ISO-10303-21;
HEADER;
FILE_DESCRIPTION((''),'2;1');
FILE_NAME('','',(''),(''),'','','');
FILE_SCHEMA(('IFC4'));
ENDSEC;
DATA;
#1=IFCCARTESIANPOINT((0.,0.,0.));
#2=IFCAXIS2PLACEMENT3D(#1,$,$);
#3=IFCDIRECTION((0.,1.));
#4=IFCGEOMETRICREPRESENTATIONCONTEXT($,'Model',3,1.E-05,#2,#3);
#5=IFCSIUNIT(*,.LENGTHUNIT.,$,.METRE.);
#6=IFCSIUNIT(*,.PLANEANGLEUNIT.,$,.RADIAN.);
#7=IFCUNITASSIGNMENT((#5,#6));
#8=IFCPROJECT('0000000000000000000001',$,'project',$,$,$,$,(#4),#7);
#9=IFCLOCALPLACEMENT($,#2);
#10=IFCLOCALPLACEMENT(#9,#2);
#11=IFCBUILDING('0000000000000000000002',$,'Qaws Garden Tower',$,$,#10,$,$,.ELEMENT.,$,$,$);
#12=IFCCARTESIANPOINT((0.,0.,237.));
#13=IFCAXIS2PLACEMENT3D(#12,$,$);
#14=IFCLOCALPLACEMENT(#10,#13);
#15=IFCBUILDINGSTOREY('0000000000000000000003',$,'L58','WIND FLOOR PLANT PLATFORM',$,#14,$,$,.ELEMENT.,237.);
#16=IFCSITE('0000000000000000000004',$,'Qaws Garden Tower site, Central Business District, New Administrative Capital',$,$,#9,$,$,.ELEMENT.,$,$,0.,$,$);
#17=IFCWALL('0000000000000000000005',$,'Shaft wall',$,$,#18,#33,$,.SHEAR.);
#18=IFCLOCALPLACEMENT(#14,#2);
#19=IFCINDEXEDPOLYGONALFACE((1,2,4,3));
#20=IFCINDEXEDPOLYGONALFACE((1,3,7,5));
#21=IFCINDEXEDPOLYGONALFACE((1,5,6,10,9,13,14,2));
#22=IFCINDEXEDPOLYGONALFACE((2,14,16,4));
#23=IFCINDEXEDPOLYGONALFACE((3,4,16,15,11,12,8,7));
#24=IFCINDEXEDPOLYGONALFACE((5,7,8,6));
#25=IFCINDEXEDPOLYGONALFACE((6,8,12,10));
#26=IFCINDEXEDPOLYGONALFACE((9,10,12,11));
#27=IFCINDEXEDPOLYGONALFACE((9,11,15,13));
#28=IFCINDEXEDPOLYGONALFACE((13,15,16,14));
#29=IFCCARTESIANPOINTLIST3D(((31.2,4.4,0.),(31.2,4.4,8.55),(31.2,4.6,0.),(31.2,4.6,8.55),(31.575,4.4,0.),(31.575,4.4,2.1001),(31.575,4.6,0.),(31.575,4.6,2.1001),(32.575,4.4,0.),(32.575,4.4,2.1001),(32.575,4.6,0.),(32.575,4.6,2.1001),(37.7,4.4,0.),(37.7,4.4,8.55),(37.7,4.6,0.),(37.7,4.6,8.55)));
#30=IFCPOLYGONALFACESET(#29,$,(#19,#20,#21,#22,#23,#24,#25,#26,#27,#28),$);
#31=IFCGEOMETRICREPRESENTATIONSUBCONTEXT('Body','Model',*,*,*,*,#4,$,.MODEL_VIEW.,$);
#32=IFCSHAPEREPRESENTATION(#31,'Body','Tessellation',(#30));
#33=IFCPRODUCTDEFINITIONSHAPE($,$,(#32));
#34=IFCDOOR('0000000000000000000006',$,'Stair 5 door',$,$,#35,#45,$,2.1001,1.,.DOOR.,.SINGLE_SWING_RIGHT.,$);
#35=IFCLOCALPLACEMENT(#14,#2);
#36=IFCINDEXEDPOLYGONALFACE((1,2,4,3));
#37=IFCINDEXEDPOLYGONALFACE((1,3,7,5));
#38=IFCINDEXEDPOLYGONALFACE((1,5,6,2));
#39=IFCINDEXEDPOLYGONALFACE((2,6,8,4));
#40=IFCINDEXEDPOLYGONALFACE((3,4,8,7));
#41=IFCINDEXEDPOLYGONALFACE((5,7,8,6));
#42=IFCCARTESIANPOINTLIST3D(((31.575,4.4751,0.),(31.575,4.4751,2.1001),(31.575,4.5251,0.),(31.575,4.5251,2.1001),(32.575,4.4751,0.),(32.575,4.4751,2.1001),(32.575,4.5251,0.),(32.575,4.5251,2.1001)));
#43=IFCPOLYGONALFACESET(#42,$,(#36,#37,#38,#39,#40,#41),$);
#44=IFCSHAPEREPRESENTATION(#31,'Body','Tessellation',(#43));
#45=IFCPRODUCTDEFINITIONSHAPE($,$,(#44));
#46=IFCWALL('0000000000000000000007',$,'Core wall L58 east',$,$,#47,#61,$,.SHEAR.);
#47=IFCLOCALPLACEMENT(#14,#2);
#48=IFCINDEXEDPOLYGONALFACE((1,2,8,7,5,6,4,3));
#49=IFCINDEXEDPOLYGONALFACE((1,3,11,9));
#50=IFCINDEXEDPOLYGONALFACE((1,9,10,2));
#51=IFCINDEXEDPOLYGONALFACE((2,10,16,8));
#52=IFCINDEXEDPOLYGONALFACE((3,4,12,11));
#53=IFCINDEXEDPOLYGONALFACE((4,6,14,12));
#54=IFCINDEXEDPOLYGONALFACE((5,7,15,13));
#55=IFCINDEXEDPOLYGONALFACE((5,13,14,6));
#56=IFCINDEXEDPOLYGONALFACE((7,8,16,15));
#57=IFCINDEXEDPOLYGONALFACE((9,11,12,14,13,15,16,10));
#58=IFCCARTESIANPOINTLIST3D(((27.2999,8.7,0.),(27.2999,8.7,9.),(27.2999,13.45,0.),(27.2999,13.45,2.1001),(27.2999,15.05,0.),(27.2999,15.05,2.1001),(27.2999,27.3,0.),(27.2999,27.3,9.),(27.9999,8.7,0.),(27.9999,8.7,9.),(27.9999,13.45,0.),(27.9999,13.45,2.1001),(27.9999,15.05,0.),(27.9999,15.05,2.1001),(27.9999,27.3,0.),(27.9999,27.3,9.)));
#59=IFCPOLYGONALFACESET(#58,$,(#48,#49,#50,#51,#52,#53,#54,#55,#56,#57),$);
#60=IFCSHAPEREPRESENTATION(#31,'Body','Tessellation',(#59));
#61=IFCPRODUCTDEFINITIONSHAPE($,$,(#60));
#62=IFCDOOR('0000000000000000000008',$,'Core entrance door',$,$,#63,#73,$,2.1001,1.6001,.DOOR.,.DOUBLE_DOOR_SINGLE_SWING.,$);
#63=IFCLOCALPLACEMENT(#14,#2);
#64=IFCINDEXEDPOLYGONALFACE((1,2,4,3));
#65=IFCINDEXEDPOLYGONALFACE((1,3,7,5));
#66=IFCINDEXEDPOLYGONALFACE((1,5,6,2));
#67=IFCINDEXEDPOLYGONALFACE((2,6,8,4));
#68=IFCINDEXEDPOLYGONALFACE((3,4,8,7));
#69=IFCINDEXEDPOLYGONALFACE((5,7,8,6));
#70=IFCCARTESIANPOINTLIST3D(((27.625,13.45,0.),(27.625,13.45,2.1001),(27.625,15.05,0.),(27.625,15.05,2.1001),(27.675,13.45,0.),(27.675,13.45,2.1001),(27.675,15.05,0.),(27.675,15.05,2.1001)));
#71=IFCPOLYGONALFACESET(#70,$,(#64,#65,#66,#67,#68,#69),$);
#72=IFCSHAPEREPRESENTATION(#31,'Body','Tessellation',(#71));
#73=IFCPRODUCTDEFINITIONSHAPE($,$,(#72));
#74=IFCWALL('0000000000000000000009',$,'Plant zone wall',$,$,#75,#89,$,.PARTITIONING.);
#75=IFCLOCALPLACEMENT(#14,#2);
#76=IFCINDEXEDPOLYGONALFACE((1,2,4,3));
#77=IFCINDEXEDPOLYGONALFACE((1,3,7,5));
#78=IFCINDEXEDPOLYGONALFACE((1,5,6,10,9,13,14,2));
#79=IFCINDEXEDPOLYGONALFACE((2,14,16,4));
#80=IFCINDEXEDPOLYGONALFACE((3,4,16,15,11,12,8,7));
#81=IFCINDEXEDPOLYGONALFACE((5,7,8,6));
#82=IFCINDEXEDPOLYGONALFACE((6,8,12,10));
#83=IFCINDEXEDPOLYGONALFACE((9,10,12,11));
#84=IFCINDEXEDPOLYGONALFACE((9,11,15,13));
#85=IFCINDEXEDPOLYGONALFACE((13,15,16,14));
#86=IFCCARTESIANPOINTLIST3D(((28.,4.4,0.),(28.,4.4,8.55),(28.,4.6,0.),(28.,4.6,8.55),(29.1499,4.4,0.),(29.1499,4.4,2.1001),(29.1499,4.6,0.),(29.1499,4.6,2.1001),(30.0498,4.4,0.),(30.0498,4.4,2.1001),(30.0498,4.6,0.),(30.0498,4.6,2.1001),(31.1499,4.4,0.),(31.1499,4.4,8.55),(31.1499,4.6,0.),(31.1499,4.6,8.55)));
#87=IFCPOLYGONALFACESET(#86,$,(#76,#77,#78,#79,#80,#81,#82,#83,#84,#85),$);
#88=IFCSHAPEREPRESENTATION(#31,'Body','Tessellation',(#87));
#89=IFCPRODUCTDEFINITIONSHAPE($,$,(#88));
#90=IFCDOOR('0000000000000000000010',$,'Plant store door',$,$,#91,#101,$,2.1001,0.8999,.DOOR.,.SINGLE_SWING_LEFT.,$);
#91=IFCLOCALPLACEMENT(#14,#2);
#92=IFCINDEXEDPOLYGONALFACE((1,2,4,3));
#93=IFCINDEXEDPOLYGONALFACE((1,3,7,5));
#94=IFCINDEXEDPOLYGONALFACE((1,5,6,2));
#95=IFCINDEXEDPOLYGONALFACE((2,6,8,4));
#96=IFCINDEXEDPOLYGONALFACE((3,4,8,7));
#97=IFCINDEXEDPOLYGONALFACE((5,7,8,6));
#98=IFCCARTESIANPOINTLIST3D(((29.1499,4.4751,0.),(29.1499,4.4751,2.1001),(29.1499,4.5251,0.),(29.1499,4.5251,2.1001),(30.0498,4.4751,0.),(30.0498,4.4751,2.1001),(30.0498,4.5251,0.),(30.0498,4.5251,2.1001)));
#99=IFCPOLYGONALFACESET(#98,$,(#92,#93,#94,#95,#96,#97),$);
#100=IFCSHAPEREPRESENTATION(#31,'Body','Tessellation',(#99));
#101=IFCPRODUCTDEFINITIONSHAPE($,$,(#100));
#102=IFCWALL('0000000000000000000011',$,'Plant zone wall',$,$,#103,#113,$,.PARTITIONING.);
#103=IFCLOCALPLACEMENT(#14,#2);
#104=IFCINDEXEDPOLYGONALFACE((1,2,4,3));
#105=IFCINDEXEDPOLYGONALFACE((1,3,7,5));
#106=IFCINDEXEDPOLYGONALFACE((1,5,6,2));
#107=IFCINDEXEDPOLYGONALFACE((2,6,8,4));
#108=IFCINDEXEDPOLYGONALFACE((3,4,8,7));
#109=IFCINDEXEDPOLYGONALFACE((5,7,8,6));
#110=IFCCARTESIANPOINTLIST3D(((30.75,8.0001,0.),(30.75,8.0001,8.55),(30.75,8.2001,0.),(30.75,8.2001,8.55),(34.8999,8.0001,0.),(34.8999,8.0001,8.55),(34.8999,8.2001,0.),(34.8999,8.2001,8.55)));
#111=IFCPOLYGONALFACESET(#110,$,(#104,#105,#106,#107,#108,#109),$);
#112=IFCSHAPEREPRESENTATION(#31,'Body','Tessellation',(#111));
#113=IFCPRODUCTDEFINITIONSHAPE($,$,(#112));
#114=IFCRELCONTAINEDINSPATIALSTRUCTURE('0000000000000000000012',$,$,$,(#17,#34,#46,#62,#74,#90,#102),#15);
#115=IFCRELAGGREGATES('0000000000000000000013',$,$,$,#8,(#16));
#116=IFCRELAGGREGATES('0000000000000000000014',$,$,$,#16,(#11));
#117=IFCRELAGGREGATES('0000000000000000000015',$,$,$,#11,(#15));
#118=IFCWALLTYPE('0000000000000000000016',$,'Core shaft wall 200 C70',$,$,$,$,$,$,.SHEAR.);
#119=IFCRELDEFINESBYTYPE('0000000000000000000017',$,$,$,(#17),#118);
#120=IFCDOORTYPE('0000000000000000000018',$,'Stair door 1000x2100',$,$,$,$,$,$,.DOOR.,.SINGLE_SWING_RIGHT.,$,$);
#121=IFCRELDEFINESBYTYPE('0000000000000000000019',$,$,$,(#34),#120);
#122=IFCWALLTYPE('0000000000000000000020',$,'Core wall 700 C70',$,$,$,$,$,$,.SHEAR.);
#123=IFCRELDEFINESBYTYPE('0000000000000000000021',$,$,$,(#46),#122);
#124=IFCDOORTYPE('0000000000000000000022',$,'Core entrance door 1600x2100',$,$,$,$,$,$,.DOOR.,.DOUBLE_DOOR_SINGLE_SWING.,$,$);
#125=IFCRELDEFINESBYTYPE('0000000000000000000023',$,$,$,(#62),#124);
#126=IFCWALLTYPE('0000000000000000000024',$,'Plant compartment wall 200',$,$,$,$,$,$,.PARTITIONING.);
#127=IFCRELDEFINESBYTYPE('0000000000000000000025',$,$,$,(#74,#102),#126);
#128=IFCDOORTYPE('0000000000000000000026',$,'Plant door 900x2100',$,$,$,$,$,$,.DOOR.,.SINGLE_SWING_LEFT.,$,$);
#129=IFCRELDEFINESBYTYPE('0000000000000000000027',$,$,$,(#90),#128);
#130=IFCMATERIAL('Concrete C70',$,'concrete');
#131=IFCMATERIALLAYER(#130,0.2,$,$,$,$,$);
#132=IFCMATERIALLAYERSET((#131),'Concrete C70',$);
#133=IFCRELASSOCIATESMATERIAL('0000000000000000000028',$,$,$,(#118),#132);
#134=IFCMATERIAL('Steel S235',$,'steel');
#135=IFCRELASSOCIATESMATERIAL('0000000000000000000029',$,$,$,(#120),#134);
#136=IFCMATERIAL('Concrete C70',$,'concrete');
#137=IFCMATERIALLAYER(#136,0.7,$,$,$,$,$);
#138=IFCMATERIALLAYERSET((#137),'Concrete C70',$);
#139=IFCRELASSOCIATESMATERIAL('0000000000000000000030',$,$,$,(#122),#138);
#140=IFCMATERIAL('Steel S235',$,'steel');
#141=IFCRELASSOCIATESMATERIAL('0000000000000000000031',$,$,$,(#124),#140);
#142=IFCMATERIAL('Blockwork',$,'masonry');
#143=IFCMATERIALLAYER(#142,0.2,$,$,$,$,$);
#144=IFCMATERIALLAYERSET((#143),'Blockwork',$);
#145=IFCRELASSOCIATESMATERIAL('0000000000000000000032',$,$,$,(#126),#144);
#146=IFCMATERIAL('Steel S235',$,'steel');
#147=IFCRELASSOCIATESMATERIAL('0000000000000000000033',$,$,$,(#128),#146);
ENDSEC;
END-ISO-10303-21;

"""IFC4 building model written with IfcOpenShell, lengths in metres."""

from ifc_helpers import new_model, si_unit, direction, frame, frame_2d, origin, place, context, subcontext, project, spatial, rectangle, extrude, material, layer, layer_set, type_object, element, fill, save


model = new_model("IFC4")

# Units and contexts
model_context = context("Model", 3, precision=1e-05, world=origin(), true_north=direction((0.0, 1.0)))
body_context = subcontext(model_context, "Body", "Model", "MODEL_VIEW")
ifc_project = project(units=[si_unit("LENGTHUNIT", "METRE"), si_unit("PLANEANGLEUNIT", "RADIAN")], contexts=[model_context])

# Site, building, storey
site_placement = place(None, origin())
site = spatial("IfcSite", under=ifc_project, at=site_placement, Name="Qaws Garden Tower site, Central Business District, New Administrative Capital", CompositionType="ELEMENT", RefElevation=0.0)
building_placement = place(site_placement, origin())
building = spatial("IfcBuilding", under=site, at=building_placement, Name="Qaws Garden Tower", CompositionType="ELEMENT")
storey_placement = place(building_placement, frame((0.0, 0.0, 237.0)))
storey = spatial("IfcBuildingStorey", under=building, at=storey_placement, Name="L58", Description="WIND FLOOR PLANT PLATFORM", CompositionType="ELEMENT", Elevation=237.0)

# Walls, openings, doors
ifc_material_1 = material(Name="Concrete C70", Category="concrete")
ifc_layer_1 = layer(ifc_material_1, 0.2)
ifc_layer_set_1 = layer_set([ifc_layer_1], Name="Concrete C70")
wall_type_1 = type_object("IfcWallType", Name="Core shaft wall 200 C70", PredefinedType="SHEAR", material=ifc_layer_set_1)
wall_1_placement = place(storey_placement, frame((31.2, 4.5, 0.0), z_axis=(0.0, 0.0, 1.0), x_axis=(1.0, 0.0, 0.0)))
wall_1 = element("IfcWall", 1, at=wall_1_placement, inside=storey, type_object=wall_type_1, Name="Shaft wall", PredefinedType="SHEAR", context=body_context, shape_type="SweptSolid", body=[
    extrude(rectangle(XDim=6.5, YDim=0.2, at=frame_2d((3.25, 0.0))), origin(), (0.0, 0.0, 1.0), 8.55),
])
opening_1_placement = place(wall_1_placement, frame((0.375, 0.0, 0.0)))
opening_1 = element("IfcOpeningElement", 2, at=opening_1_placement, cuts=wall_1, PredefinedType="OPENING", context=body_context, shape_type="SweptSolid", body=[
    extrude(rectangle(XDim=1.0, YDim=2.1001, at=frame_2d((0.5, 1.05))), frame((0.0, 0.1099, 0.0), z_axis=(0.0, -1.0, 0.0), x_axis=(1.0, 0.0, 0.0)), (0.0, 0.0, 1.0), 0.22),
])
ifc_material_2 = material(Name="Steel S235", Category="steel")
door_type_1 = type_object("IfcDoorType", Name="Stair door 1000x2100", OperationType="SINGLE_SWING_RIGHT", PredefinedType="DOOR", material=ifc_material_2)
door_1_placement = place(opening_1_placement, frame((1.0, 0.0, 0.0), z_axis=(0.0, 0.0, 1.0), x_axis=(-1.0, 0.0, 0.0)))
door_1 = element("IfcDoor", 3, at=door_1_placement, inside=storey, type_object=door_type_1, Name="Stair 5 door", OperationType="SINGLE_SWING_RIGHT", OverallHeight=2.1001, OverallWidth=1.0, PredefinedType="DOOR", context=body_context, shape_type="SweptSolid", body=[
    extrude(rectangle(XDim=1.0, YDim=2.1001, at=frame_2d((0.5, 1.05))), frame((0.0, 0.0249, 0.0), z_axis=(0.0, -1.0, 0.0), x_axis=(1.0, 0.0, 0.0)), (0.0, 0.0, 1.0), 0.05),
])
fill(opening_1, door_1)
ifc_material_3 = material(Name="Concrete C70", Category="concrete")
ifc_layer_2 = layer(ifc_material_3, 0.7)
ifc_layer_set_2 = layer_set([ifc_layer_2], Name="Concrete C70")
wall_type_2 = type_object("IfcWallType", Name="Core wall 700 C70", PredefinedType="SHEAR", material=ifc_layer_set_2)
wall_2_placement = place(storey_placement, frame((27.6499, 8.7, 0.0), z_axis=(0.0, 0.0, 1.0), x_axis=(0.0, 1.0, 0.0)))
wall_2 = element("IfcWall", 4, at=wall_2_placement, inside=storey, type_object=wall_type_2, Name="Core wall L58 east", PredefinedType="SHEAR", context=body_context, shape_type="SweptSolid", body=[
    extrude(rectangle(XDim=18.6001, YDim=0.7, at=frame_2d((9.3, 0.0))), origin(), (0.0, 0.0, 1.0), 9.0),
])
opening_2_placement = place(wall_2_placement, frame((4.75, 0.0, 0.0)))
opening_2 = element("IfcOpeningElement", 5, at=opening_2_placement, cuts=wall_2, PredefinedType="OPENING", context=body_context, shape_type="SweptSolid", body=[
    extrude(rectangle(XDim=1.6001, YDim=2.1001, at=frame_2d((0.8, 1.05))), frame((0.0, 0.3599, 0.0), z_axis=(0.0, -1.0, 0.0), x_axis=(1.0, 0.0, 0.0)), (0.0, 0.0, 1.0), 0.72),
])
ifc_material_4 = material(Name="Steel S235", Category="steel")
door_type_2 = type_object("IfcDoorType", Name="Core entrance door 1600x2100", OperationType="DOUBLE_DOOR_SINGLE_SWING", PredefinedType="DOOR", material=ifc_material_4)
door_2_placement = place(opening_2_placement, origin())
door_2 = element("IfcDoor", 6, at=door_2_placement, inside=storey, type_object=door_type_2, Name="Core entrance door", OperationType="DOUBLE_DOOR_SINGLE_SWING", OverallHeight=2.1001, OverallWidth=1.6001, PredefinedType="DOOR", context=body_context, shape_type="SweptSolid", body=[
    extrude(rectangle(XDim=1.6001, YDim=2.1001, at=frame_2d((0.8, 1.05))), frame((0.0, 0.0249, 0.0), z_axis=(0.0, -1.0, 0.0), x_axis=(1.0, 0.0, 0.0)), (0.0, 0.0, 1.0), 0.05),
])
fill(opening_2, door_2)
ifc_material_5 = material(Name="Blockwork", Category="masonry")
ifc_layer_3 = layer(ifc_material_5, 0.2)
ifc_layer_set_3 = layer_set([ifc_layer_3], Name="Blockwork")
wall_type_3 = type_object("IfcWallType", Name="Plant compartment wall 200", PredefinedType="PARTITIONING", material=ifc_layer_set_3)
wall_3_placement = place(storey_placement, frame((28.0, 4.5, 0.0), z_axis=(0.0, 0.0, 1.0), x_axis=(1.0, 0.0, 0.0)))
wall_3 = element("IfcWall", 7, at=wall_3_placement, inside=storey, type_object=wall_type_3, Name="Plant zone wall", PredefinedType="PARTITIONING", context=body_context, shape_type="SweptSolid", body=[
    extrude(rectangle(XDim=3.1499, YDim=0.2, at=frame_2d((1.575, 0.0))), origin(), (0.0, 0.0, 1.0), 8.55),
])
opening_3_placement = place(wall_3_placement, frame((1.1499, 0.0, 0.0)))
opening_3 = element("IfcOpeningElement", 8, at=opening_3_placement, cuts=wall_3, PredefinedType="OPENING", context=body_context, shape_type="SweptSolid", body=[
    extrude(rectangle(XDim=0.8999, YDim=2.1001, at=frame_2d((0.45, 1.05))), frame((0.0, 0.1099, 0.0), z_axis=(0.0, -1.0, 0.0), x_axis=(1.0, 0.0, 0.0)), (0.0, 0.0, 1.0), 0.22),
])
ifc_material_6 = material(Name="Steel S235", Category="steel")
door_type_3 = type_object("IfcDoorType", Name="Plant door 900x2100", OperationType="SINGLE_SWING_LEFT", PredefinedType="DOOR", material=ifc_material_6)
door_3_placement = place(opening_3_placement, frame((0.8999, 0.0, 0.0), z_axis=(0.0, 0.0, 1.0), x_axis=(-1.0, 0.0, 0.0)))
door_3 = element("IfcDoor", 9, at=door_3_placement, inside=storey, type_object=door_type_3, Name="Plant store door", OperationType="SINGLE_SWING_LEFT", OverallHeight=2.1001, OverallWidth=0.8999, PredefinedType="DOOR", context=body_context, shape_type="SweptSolid", body=[
    extrude(rectangle(XDim=0.8999, YDim=2.1001, at=frame_2d((0.45, 1.05))), frame((0.0, 0.0249, 0.0), z_axis=(0.0, -1.0, 0.0), x_axis=(1.0, 0.0, 0.0)), (0.0, 0.0, 1.0), 0.05),
])
fill(opening_3, door_3)

# Wall
wall_4_placement = place(storey_placement, frame((30.75, 8.1001, 0.0), z_axis=(0.0, 0.0, 1.0), x_axis=(1.0, 0.0, 0.0)))
element("IfcWall", 10, at=wall_4_placement, inside=storey, type_object=wall_type_3, Name="Plant zone wall", PredefinedType="PARTITIONING", context=body_context, shape_type="SweptSolid", body=[
    extrude(rectangle(XDim=4.1499, YDim=0.2, at=frame_2d((2.075, 0.0))), origin(), (0.0, 0.0, 1.0), 8.55),
])

save(model, "model.ifc")
